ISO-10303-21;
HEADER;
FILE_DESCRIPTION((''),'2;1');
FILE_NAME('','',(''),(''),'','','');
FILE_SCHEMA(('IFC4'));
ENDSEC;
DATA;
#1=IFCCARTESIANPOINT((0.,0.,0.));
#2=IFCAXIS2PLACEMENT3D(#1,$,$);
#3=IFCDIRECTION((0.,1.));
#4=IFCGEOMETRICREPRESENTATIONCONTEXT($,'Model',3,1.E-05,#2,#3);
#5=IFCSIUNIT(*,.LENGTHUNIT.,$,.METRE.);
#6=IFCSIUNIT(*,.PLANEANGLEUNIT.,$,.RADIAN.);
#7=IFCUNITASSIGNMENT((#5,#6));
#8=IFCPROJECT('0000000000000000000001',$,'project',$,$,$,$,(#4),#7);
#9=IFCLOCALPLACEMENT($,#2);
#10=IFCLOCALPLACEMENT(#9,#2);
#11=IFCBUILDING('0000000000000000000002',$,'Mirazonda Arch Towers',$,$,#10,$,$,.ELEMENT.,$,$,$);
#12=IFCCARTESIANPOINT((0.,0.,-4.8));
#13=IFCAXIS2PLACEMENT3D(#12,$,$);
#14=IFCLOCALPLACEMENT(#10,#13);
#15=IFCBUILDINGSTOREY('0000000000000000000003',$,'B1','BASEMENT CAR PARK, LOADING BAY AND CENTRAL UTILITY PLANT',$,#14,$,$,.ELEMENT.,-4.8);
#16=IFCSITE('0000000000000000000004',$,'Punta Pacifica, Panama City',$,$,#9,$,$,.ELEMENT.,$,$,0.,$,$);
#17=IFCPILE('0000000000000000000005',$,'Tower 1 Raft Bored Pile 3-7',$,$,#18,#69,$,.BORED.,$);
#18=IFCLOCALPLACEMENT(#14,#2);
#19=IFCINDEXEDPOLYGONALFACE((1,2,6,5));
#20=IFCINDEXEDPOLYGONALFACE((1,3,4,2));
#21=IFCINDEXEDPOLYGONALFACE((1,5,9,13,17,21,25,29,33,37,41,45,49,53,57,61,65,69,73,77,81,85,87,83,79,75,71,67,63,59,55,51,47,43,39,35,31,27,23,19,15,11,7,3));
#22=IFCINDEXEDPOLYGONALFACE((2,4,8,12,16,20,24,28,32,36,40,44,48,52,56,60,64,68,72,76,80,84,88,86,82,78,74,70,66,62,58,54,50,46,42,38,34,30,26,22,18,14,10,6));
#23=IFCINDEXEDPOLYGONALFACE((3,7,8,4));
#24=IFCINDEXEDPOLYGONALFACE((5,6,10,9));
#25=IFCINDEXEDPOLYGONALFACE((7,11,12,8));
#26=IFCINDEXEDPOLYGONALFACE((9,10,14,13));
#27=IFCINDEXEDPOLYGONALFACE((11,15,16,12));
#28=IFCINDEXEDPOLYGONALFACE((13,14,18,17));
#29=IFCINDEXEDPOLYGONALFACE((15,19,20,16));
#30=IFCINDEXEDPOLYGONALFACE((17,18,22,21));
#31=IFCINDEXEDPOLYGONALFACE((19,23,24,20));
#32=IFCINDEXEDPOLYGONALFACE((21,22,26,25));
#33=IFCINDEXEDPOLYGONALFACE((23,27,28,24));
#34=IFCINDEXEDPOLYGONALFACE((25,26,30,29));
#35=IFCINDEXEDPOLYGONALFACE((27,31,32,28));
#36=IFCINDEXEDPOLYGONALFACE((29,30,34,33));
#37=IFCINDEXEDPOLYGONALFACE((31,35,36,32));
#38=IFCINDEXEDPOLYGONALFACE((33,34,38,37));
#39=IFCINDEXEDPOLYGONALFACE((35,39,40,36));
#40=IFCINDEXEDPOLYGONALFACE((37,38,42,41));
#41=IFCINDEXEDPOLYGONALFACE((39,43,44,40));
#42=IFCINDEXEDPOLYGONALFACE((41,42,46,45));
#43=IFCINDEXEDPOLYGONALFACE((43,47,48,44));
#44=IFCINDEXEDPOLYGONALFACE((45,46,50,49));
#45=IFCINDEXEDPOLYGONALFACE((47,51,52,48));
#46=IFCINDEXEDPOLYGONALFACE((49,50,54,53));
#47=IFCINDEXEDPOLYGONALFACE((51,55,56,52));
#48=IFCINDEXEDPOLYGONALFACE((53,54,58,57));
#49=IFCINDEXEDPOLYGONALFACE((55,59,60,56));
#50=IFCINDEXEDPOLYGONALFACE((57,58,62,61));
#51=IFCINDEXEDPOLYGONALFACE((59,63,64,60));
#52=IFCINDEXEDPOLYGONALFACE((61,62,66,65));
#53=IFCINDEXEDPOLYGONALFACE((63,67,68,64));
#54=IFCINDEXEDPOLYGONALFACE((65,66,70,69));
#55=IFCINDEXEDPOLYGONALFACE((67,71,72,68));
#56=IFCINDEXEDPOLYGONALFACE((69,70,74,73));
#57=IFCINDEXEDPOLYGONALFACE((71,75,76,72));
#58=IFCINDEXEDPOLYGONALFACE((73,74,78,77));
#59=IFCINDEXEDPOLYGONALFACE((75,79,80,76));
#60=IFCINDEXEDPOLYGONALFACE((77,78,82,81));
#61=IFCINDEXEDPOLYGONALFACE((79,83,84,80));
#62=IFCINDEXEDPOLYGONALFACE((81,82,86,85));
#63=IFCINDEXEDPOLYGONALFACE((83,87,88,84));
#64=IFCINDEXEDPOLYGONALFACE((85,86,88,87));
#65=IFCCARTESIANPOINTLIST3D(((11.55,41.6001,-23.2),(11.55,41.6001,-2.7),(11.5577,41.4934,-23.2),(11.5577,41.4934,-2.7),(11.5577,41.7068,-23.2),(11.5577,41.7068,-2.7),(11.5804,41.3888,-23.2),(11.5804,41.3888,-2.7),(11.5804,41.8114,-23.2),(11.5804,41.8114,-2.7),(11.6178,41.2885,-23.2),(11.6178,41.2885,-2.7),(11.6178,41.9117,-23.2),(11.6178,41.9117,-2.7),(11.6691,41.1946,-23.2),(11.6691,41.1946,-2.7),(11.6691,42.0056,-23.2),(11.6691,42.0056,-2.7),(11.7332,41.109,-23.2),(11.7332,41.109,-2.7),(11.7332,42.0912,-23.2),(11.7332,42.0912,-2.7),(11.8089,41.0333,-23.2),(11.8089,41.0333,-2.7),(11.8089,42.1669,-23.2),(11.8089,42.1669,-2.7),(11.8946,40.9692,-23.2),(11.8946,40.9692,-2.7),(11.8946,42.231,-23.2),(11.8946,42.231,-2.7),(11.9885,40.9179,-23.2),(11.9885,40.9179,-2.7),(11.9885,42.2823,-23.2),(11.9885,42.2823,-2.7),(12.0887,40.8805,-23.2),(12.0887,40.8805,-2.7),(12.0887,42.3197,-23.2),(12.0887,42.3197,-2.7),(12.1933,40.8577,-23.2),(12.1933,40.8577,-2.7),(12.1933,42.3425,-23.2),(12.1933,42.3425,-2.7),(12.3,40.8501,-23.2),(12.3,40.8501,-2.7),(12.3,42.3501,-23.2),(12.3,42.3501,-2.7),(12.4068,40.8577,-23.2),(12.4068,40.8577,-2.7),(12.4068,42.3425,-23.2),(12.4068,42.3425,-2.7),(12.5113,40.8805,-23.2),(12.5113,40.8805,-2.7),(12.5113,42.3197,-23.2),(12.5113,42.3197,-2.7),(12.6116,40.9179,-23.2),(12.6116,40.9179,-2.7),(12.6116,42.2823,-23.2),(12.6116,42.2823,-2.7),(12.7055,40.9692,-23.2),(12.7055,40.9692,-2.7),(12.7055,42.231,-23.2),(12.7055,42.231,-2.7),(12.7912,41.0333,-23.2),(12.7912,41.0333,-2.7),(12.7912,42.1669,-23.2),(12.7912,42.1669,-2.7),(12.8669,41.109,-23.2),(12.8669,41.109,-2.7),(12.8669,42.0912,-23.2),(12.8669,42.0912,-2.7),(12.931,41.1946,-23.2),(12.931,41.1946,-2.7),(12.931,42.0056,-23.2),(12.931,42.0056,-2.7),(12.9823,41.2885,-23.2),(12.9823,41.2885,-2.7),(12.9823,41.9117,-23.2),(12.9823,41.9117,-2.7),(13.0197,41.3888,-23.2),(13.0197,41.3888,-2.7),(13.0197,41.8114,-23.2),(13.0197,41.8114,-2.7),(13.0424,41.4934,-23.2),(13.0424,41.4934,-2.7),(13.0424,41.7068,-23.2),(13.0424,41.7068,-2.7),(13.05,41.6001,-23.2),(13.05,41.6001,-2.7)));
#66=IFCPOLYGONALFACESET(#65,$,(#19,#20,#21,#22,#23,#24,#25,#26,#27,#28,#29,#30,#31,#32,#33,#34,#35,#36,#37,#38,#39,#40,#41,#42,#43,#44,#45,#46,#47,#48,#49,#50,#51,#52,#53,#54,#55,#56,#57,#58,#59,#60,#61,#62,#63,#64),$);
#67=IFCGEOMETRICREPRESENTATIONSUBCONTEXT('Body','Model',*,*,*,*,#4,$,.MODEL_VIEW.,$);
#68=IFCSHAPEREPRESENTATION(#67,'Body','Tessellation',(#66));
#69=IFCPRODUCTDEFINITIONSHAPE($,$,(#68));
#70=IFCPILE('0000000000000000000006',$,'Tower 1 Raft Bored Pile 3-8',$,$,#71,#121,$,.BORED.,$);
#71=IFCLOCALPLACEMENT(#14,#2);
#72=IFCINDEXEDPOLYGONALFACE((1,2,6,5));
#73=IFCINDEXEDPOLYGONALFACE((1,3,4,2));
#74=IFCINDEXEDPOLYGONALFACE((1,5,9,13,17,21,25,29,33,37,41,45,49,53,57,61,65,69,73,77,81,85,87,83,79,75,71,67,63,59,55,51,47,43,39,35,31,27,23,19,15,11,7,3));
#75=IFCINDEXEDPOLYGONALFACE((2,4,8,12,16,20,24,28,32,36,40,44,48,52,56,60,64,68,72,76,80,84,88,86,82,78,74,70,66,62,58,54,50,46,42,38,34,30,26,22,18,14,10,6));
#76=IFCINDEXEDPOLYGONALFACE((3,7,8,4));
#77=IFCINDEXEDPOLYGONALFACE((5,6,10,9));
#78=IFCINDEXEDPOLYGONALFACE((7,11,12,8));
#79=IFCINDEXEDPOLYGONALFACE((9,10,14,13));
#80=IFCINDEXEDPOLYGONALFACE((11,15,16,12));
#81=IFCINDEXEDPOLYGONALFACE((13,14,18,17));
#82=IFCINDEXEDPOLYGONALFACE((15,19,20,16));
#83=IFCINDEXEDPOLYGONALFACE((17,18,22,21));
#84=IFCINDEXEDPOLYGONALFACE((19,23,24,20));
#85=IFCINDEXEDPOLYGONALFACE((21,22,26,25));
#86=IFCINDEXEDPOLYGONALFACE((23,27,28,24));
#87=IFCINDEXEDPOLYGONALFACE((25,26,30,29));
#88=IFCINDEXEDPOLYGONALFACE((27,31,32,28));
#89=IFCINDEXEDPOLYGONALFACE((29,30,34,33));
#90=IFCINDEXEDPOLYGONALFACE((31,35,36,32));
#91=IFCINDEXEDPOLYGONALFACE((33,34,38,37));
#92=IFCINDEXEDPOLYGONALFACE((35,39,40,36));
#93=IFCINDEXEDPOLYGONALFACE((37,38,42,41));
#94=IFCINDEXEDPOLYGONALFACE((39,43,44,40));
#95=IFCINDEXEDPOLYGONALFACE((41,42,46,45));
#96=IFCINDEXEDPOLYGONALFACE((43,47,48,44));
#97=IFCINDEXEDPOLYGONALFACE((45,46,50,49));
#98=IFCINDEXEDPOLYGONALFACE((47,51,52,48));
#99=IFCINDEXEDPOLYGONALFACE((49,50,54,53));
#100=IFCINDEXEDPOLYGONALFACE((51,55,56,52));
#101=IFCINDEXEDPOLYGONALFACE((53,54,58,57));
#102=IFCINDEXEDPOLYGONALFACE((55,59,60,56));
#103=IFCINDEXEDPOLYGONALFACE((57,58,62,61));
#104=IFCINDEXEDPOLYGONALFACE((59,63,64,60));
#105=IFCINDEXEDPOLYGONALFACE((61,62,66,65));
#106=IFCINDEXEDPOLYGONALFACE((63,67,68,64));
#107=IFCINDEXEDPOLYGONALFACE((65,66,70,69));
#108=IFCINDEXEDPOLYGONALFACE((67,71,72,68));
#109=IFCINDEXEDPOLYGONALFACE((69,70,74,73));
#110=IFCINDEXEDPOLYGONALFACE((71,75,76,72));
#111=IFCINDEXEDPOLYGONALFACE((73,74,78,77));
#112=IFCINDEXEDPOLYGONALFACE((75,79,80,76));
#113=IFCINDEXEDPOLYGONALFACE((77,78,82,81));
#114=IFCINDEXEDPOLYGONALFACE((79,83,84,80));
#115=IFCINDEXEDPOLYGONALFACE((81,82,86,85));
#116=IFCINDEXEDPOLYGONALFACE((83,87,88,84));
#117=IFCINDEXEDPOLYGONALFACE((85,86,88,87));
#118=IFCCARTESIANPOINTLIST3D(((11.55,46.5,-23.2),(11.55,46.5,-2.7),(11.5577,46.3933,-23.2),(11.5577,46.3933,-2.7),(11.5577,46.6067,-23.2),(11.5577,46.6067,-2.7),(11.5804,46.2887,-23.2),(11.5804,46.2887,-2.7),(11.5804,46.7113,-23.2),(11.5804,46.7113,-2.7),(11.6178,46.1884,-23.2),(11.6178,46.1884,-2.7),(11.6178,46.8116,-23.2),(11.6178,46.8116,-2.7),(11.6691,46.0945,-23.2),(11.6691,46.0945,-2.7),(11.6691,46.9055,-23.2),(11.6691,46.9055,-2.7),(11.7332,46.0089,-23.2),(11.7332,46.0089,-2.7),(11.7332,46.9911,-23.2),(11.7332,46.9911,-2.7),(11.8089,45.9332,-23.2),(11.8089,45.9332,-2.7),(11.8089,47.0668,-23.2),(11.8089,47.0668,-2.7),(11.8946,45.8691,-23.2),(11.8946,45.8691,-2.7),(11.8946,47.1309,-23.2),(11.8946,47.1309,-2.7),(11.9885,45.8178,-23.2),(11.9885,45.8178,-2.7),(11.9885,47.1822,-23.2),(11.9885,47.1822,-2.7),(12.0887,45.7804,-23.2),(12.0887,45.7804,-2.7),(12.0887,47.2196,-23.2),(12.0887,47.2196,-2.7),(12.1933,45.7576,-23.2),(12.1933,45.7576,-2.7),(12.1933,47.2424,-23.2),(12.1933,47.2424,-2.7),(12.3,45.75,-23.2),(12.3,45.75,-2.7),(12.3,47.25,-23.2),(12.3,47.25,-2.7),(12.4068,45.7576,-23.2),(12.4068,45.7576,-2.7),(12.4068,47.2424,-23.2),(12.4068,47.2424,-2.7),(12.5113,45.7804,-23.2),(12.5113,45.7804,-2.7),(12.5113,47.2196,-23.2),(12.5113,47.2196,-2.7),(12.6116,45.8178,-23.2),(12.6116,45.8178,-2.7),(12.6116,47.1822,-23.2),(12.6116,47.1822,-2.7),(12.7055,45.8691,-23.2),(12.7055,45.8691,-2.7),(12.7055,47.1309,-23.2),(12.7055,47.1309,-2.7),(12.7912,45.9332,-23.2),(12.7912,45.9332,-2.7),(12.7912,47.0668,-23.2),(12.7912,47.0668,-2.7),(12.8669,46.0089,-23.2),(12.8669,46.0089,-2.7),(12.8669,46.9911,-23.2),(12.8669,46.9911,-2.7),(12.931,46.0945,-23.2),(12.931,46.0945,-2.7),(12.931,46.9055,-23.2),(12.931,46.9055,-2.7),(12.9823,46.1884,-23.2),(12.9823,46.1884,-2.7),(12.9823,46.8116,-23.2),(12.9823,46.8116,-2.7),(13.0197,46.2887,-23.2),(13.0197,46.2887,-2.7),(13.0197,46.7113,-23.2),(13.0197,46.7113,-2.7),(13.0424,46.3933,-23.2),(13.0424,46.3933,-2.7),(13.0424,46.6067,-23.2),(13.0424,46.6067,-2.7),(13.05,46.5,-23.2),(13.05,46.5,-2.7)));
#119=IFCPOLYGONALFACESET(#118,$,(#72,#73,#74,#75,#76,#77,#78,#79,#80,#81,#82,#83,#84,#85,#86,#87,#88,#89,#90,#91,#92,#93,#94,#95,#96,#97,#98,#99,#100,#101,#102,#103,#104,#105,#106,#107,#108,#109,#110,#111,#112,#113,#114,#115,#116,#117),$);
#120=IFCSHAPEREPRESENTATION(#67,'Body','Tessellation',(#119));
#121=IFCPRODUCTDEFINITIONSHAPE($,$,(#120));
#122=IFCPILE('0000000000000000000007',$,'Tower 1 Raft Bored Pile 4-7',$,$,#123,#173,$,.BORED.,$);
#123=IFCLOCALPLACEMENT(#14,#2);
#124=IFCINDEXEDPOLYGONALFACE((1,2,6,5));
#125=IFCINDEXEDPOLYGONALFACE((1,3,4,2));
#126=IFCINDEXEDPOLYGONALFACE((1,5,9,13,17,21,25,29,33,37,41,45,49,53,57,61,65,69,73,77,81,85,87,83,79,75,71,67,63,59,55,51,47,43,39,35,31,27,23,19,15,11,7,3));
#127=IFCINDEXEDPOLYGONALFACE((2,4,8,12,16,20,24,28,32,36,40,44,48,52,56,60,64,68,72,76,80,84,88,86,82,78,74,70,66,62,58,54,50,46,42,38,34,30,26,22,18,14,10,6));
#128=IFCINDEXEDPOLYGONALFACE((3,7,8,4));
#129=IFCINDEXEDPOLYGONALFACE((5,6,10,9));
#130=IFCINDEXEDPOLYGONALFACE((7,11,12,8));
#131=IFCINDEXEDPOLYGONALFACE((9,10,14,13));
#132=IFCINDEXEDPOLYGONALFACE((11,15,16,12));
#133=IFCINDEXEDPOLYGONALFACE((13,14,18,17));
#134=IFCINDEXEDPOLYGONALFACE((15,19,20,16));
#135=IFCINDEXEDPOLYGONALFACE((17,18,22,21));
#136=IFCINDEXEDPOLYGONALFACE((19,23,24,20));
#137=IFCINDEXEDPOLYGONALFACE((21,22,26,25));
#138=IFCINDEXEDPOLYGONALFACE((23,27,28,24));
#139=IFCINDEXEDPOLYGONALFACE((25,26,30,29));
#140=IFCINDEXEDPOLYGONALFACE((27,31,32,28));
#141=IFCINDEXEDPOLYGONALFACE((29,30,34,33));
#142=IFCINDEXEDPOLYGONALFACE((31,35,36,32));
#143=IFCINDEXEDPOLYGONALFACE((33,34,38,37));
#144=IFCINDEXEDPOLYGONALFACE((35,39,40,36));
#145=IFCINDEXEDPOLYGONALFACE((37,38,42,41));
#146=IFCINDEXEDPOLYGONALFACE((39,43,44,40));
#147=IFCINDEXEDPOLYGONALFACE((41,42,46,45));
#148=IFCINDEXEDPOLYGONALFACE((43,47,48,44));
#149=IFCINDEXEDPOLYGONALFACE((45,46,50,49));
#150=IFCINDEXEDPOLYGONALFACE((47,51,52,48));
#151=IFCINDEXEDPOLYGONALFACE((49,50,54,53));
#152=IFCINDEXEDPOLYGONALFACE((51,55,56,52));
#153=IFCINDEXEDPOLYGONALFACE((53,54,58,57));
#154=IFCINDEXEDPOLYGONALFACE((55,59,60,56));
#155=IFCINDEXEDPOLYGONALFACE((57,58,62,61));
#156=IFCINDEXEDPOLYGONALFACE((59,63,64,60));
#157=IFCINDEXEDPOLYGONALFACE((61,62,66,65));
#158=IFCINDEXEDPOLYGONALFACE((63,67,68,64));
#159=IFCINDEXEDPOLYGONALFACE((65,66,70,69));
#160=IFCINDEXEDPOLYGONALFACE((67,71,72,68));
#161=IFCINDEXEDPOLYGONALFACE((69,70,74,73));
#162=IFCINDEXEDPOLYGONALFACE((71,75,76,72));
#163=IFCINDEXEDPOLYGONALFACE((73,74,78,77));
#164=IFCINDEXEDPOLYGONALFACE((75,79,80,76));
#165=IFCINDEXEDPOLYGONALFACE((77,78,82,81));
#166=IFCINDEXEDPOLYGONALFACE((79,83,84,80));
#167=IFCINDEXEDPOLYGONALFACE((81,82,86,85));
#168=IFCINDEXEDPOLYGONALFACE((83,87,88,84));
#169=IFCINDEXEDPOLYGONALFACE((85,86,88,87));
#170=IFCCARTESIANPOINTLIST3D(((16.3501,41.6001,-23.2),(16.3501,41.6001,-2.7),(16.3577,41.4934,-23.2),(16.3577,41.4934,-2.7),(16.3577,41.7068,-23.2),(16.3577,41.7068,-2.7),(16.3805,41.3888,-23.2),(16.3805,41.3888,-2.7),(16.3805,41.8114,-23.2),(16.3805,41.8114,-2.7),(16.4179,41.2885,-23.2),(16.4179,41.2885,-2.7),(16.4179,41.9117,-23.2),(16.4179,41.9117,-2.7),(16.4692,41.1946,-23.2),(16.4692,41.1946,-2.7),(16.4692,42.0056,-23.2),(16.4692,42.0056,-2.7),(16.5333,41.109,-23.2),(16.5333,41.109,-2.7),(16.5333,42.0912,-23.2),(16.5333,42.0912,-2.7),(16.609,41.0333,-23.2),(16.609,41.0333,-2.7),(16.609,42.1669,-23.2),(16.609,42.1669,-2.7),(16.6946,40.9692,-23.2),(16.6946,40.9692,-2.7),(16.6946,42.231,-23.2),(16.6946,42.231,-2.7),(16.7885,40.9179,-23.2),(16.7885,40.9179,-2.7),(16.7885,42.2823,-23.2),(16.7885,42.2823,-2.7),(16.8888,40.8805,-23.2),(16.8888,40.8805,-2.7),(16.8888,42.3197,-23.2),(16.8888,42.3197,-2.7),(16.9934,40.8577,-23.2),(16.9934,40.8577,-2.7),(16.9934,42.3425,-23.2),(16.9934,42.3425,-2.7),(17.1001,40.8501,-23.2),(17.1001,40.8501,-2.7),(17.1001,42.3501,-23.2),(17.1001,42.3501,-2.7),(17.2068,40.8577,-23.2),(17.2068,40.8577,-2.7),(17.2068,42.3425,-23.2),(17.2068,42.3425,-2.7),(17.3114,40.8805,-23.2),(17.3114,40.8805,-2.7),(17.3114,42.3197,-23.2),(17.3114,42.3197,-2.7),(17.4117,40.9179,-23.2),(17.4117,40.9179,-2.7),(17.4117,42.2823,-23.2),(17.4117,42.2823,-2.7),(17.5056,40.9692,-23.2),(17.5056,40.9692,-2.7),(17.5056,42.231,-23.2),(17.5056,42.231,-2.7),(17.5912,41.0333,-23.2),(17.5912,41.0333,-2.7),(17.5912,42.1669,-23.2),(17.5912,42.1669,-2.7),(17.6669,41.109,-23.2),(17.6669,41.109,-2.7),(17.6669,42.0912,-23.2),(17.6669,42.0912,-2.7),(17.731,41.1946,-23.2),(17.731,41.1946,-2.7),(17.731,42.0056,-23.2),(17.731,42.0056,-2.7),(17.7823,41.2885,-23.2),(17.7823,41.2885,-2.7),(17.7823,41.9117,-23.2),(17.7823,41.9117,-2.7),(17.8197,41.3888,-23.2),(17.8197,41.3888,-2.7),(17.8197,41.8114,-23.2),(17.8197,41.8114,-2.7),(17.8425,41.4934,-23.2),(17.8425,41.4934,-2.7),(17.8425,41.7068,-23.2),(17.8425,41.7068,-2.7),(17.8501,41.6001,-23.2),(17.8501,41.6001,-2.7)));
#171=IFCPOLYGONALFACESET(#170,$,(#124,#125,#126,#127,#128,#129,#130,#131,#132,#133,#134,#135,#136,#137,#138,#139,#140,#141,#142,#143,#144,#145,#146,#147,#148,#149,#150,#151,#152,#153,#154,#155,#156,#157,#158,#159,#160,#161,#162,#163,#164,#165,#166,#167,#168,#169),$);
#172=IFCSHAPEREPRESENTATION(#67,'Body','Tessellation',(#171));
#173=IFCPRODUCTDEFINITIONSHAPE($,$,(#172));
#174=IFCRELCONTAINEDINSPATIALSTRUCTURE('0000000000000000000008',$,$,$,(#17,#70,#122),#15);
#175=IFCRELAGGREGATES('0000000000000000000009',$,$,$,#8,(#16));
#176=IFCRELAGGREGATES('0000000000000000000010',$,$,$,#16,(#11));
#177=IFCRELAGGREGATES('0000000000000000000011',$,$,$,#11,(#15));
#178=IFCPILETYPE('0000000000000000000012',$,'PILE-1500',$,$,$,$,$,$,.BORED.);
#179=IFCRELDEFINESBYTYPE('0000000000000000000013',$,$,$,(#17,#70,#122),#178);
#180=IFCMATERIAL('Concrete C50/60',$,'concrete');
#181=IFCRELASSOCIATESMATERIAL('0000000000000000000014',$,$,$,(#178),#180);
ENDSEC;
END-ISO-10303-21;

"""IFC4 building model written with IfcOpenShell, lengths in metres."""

from ifc_helpers import new_model, si_unit, direction, frame, origin, origin_2d, place, context, subcontext, project, spatial, circle, extrude, material, material_profile, profile_set, type_object, element, save


model = new_model("IFC4")

# Units and contexts
model_context = context("Model", 3, precision=1e-05, world=origin(), true_north=direction((0.0, 1.0)))
body_context = subcontext(model_context, "Body", "Model", "MODEL_VIEW")
ifc_project = project(units=[si_unit("LENGTHUNIT", "METRE"), si_unit("PLANEANGLEUNIT", "RADIAN")], contexts=[model_context])

# Site, building, storey
site_placement = place(None, origin())
site = spatial("IfcSite", under=ifc_project, at=site_placement, Name="Punta Pacifica, Panama City", CompositionType="ELEMENT", RefElevation=0.0)
building_placement = place(site_placement, origin())
building = spatial("IfcBuilding", under=site, at=building_placement, Name="Mirazonda Arch Towers", CompositionType="ELEMENT")
storey_placement = place(building_placement, frame((0.0, 0.0, -4.8)))
storey = spatial("IfcBuildingStorey", under=building, at=storey_placement, Name="B1", Description="BASEMENT CAR PARK, LOADING BAY AND CENTRAL UTILITY PLANT", CompositionType="ELEMENT", Elevation=-4.8)

# Piles
ifc_material_1 = material(Name="Concrete C50/60", Category="concrete")
ifc_material_profile_1 = material_profile(ifc_material_1, circle(Radius=0.75, at=origin_2d()), Name="BORED-D1500")
ifc_profile_set_1 = profile_set([ifc_material_profile_1], Name="Concrete C50/60")
pile_type = type_object("IfcPileType", Name="PILE-1500", PredefinedType="BORED", material=ifc_profile_set_1)
for number, where, z_axis, x_axis, name in (
    (1, (12.3, 41.6001, -2.7), (0.0, 0.0, -1.0), (1.0, 0.0, 0.0), "Tower 1 Raft Bored Pile 3-7"),
    (2, (12.3, 46.5, -2.7), (0.0, 0.0, -1.0), (1.0, 0.0, 0.0), "Tower 1 Raft Bored Pile 3-8"),
    (3, (17.1001, 41.6001, -2.7), (0.0, 0.0, -1.0), (1.0, 0.0, 0.0), "Tower 1 Raft Bored Pile 4-7"),
):
    element("IfcPile", number, at=place(storey_placement, frame(where, z_axis=z_axis, x_axis=x_axis)), inside=storey, type_object=pile_type, Name=name, PredefinedType="BORED", context=body_context, shape_type="SweptSolid", body=[
        extrude(circle(Radius=0.75, at=origin_2d()), origin(), (0.0, 0.0, 1.0), 20.5),
    ])

save(model, "model.ifc")
